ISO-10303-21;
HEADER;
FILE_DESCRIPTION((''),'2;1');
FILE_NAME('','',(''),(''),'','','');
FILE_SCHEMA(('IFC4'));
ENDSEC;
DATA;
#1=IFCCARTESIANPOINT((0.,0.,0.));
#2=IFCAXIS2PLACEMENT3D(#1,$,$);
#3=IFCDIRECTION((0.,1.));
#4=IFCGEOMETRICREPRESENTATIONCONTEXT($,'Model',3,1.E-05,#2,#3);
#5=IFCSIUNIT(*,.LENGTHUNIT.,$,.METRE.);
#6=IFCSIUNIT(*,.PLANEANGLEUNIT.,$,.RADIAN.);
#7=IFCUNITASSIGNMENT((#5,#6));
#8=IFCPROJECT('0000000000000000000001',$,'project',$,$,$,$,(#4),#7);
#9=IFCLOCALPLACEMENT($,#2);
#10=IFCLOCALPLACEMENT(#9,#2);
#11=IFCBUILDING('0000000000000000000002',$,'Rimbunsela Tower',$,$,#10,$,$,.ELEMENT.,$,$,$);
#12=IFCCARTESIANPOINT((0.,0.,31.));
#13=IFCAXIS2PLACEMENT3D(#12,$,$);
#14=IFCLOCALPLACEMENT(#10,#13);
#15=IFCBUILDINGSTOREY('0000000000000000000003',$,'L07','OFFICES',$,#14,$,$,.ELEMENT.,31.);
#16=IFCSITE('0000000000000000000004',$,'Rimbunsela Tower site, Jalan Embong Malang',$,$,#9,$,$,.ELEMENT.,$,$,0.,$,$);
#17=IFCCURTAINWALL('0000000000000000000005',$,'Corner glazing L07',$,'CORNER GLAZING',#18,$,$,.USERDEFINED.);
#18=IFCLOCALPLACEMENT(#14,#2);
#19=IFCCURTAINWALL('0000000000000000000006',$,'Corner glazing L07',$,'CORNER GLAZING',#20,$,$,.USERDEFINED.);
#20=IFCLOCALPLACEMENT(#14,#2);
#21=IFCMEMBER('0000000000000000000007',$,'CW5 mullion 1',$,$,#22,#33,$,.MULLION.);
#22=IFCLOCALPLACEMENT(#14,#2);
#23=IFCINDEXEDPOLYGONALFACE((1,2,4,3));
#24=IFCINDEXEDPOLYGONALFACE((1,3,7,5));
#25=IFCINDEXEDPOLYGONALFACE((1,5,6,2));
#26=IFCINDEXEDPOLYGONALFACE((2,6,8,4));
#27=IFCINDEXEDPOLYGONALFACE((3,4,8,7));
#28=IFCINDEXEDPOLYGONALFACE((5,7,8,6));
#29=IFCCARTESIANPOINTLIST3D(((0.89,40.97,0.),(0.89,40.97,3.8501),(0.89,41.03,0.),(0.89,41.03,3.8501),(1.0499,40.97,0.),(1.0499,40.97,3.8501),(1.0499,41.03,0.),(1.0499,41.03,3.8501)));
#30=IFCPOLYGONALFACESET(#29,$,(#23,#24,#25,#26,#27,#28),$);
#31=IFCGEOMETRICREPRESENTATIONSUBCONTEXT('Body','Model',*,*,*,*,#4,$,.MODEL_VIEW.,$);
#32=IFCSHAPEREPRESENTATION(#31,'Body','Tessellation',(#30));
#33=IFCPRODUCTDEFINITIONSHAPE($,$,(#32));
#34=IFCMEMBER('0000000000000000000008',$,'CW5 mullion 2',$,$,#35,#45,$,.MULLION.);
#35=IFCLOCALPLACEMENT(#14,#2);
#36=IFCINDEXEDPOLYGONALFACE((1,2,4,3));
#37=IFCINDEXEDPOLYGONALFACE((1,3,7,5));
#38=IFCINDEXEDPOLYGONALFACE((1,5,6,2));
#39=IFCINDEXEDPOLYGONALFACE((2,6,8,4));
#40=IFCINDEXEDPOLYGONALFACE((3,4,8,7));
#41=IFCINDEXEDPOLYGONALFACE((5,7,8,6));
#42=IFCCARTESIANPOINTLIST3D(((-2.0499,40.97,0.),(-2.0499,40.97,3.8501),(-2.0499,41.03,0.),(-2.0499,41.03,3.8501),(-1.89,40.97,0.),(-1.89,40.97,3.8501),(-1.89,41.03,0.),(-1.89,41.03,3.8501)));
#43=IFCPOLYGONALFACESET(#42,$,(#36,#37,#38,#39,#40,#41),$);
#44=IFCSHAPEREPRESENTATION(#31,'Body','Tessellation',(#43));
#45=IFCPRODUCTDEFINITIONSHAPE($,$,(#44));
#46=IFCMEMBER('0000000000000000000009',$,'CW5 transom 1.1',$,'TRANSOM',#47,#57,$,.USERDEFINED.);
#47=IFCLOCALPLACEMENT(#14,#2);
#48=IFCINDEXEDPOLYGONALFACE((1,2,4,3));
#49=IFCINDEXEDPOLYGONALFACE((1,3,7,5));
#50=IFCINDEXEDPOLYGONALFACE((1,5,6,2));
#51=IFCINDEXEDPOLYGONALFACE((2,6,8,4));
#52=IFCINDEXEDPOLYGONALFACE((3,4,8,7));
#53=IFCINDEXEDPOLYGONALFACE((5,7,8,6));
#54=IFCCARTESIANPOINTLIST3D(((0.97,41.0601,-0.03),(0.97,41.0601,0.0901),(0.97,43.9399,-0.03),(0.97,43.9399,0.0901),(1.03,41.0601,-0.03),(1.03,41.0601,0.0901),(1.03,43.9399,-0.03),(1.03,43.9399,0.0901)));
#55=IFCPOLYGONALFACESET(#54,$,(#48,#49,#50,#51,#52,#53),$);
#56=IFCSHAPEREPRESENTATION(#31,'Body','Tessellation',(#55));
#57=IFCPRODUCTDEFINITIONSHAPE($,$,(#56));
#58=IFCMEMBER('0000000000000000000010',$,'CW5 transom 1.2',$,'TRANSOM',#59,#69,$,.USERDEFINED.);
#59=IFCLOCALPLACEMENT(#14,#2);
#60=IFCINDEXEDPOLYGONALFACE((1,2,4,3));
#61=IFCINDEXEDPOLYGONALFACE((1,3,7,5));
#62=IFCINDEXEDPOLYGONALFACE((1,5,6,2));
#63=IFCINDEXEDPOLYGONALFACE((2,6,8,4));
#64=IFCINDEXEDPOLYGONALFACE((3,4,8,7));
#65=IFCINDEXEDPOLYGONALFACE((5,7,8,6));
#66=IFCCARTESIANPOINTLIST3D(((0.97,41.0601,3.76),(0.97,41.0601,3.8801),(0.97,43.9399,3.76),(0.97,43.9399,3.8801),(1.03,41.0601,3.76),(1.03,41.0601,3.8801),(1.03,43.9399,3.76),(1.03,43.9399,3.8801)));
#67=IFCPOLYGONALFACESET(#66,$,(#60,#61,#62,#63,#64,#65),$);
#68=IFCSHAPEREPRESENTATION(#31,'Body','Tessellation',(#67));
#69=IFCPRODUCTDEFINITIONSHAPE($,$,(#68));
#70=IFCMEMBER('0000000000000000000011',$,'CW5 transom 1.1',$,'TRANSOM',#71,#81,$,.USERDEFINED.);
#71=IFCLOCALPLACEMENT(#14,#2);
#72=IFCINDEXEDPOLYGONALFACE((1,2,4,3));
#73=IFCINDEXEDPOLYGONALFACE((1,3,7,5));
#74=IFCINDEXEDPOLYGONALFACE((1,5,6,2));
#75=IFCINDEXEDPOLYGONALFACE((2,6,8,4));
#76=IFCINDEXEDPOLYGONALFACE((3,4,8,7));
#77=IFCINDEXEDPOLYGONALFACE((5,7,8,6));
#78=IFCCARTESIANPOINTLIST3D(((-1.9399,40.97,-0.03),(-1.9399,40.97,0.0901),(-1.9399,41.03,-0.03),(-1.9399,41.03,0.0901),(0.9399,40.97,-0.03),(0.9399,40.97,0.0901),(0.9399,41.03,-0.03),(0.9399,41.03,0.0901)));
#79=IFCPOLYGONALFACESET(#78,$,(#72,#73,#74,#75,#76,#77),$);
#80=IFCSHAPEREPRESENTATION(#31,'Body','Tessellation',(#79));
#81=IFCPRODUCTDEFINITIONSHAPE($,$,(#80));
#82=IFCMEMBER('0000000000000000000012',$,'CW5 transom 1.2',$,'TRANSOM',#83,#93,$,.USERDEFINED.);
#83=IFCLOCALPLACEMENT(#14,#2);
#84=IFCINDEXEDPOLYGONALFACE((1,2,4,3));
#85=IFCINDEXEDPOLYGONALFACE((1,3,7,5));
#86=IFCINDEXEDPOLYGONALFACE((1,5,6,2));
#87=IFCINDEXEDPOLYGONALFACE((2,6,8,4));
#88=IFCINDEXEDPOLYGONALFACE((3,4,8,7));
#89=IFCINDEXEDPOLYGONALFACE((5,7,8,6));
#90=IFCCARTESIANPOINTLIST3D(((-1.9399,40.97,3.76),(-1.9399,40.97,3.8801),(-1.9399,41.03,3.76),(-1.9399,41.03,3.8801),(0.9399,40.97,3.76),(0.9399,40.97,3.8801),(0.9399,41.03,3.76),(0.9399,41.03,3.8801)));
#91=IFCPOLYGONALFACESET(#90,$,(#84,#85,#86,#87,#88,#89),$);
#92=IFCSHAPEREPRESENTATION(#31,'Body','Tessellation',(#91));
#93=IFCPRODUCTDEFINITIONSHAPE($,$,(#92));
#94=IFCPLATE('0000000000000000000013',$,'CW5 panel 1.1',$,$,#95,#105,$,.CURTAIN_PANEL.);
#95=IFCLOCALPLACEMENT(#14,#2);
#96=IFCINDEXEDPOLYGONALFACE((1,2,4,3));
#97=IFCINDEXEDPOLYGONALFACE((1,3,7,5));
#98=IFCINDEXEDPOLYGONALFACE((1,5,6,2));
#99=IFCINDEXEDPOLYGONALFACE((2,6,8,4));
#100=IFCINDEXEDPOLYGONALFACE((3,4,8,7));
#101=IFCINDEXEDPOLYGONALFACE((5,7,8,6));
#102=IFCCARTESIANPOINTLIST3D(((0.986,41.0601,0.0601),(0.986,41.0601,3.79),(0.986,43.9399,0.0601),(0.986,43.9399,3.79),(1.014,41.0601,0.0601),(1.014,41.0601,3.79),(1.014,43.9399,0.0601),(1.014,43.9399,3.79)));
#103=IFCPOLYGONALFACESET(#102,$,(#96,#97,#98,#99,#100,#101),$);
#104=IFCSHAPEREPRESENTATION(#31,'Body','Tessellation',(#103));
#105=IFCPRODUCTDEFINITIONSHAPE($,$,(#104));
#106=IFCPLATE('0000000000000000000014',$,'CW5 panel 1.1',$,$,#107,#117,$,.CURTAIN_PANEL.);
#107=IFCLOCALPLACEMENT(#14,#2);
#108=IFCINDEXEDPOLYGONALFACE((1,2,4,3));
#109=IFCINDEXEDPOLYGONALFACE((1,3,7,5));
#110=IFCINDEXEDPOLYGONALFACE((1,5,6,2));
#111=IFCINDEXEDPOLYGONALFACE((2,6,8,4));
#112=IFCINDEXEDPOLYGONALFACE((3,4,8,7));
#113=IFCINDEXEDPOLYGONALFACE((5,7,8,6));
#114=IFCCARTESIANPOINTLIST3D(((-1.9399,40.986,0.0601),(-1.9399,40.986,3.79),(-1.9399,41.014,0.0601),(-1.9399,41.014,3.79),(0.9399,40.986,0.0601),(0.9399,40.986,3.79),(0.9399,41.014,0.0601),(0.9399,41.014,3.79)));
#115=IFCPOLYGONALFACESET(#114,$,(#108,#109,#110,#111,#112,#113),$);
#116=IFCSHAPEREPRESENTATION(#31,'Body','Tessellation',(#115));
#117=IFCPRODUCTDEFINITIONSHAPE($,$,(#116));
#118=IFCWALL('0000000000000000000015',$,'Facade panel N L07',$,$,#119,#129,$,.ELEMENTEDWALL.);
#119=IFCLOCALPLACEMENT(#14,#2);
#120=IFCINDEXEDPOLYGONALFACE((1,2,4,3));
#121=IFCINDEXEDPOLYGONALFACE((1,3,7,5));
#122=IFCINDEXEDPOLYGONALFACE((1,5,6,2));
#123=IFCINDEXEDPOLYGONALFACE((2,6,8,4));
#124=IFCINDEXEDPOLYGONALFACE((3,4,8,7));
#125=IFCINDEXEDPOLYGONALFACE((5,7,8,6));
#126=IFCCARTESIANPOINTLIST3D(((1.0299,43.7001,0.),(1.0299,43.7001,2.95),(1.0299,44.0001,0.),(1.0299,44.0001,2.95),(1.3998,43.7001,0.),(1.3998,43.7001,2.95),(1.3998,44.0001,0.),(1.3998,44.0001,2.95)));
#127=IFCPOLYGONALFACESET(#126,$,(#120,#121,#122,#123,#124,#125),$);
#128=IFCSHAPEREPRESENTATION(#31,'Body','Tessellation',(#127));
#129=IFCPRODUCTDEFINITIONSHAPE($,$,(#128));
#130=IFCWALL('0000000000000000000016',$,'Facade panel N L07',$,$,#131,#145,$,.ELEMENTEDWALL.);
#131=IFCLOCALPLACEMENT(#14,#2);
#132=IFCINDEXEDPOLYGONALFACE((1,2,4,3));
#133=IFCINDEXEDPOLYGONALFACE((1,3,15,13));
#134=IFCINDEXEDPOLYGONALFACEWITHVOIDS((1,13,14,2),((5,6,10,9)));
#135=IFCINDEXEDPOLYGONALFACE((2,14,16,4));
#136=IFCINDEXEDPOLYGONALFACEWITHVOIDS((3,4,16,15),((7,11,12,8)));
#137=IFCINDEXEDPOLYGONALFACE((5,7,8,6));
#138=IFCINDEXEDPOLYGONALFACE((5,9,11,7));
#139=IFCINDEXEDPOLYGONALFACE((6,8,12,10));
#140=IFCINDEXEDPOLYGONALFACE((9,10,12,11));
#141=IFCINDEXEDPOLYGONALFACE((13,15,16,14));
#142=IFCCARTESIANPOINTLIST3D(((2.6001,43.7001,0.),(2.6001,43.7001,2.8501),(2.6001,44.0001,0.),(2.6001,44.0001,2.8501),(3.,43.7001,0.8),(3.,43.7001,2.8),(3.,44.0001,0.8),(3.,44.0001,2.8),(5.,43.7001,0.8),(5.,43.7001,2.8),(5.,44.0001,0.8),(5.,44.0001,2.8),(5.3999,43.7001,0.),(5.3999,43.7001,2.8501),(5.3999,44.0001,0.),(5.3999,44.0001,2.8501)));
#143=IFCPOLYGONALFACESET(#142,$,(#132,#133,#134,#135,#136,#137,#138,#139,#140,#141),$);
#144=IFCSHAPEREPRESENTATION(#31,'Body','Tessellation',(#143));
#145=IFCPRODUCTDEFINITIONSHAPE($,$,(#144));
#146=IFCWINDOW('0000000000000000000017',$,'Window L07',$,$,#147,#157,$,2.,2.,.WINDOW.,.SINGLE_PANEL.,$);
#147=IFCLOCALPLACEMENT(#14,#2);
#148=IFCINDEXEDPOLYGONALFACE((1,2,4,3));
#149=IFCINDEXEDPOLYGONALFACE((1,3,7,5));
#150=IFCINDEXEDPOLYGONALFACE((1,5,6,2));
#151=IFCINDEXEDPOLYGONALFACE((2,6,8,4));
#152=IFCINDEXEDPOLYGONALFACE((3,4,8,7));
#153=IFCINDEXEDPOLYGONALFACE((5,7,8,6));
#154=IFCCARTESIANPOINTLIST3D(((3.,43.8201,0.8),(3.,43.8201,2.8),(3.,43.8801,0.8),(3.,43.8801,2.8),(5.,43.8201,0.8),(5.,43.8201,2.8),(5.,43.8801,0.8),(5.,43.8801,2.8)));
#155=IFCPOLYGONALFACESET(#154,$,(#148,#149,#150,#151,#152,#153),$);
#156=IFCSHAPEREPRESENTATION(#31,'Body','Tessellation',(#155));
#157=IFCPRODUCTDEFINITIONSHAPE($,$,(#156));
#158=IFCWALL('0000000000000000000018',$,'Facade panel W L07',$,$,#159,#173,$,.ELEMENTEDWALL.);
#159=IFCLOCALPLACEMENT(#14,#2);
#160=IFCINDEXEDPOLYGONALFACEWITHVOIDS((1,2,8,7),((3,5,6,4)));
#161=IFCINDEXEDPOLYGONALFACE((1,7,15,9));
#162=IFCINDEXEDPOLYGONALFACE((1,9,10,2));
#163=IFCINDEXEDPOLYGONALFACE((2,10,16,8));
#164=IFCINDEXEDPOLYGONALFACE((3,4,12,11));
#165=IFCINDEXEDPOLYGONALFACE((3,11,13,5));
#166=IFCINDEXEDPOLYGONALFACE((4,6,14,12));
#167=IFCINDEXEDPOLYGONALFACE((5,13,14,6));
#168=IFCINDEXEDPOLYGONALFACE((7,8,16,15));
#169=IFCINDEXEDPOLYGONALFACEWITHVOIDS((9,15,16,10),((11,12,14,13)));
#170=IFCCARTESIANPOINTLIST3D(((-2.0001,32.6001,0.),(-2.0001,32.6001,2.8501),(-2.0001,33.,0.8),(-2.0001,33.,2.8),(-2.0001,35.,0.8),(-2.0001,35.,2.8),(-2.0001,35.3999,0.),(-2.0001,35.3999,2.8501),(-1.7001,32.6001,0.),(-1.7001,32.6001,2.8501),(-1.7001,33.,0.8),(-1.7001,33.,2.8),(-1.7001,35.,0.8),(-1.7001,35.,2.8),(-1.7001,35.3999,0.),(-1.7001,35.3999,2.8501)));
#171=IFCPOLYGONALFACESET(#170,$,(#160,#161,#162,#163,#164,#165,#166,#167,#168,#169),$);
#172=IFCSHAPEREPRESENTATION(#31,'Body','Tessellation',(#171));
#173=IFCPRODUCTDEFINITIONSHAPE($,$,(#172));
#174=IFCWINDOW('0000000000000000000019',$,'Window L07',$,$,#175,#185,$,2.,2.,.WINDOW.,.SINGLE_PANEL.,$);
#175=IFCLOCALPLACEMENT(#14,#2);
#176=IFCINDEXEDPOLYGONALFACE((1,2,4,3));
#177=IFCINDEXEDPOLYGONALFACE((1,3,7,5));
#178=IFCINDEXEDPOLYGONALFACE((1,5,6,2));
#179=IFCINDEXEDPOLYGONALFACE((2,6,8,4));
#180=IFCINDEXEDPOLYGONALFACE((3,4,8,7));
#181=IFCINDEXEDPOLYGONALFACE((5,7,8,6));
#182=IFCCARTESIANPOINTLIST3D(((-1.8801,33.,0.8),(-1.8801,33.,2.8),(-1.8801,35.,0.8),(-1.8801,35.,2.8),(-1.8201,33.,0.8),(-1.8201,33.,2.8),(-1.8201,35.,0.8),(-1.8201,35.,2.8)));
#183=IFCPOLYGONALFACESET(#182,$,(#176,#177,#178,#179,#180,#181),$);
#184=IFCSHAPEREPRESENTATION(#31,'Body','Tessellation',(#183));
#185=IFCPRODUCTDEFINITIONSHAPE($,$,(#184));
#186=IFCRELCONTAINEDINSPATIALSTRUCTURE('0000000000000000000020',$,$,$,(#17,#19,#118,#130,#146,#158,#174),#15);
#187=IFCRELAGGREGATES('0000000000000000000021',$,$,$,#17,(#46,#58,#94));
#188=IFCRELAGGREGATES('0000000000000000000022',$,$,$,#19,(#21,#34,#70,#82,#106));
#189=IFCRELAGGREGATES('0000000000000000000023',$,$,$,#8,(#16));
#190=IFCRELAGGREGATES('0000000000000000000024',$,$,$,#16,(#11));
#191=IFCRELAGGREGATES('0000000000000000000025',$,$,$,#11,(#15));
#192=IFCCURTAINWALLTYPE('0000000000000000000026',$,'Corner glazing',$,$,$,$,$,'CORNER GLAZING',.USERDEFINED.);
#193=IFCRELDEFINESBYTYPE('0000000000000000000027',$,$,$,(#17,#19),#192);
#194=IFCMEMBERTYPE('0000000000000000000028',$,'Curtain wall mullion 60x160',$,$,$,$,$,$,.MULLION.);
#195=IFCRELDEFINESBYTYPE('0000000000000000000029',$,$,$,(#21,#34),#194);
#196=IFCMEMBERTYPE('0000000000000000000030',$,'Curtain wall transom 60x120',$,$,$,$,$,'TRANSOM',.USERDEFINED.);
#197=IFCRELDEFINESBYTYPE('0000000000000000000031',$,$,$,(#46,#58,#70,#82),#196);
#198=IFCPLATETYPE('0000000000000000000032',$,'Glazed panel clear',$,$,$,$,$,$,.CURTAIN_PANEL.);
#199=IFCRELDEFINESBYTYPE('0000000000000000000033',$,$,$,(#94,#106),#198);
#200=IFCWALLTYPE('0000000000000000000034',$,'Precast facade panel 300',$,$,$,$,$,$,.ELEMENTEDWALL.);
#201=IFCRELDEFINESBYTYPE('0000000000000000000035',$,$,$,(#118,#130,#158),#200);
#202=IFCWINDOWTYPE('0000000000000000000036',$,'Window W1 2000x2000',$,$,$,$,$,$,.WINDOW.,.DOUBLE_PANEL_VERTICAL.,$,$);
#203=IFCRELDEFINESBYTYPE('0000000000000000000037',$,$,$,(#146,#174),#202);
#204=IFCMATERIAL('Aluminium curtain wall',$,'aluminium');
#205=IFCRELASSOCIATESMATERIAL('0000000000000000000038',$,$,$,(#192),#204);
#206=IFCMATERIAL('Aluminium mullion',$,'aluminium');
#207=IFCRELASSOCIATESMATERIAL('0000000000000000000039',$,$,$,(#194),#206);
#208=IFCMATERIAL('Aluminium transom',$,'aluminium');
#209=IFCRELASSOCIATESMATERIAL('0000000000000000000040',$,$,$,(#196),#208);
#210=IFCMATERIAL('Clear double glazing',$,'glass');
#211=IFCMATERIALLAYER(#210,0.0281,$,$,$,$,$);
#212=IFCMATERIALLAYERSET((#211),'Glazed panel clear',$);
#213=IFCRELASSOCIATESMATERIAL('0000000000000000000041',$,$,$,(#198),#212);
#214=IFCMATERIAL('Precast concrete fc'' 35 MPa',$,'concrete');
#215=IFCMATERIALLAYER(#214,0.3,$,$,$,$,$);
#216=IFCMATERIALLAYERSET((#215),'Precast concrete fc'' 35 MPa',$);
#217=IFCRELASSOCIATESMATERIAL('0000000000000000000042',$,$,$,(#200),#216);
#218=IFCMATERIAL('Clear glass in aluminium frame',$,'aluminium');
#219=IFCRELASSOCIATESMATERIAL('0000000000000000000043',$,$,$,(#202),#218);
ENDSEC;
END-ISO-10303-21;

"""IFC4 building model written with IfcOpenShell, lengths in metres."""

from ifc_helpers import new_model, si_unit, direction, frame, frame_2d, origin, origin_2d, place, context, subcontext, project, spatial, rectangle, extrude, material, layer, layer_set, material_profile, profile_set, type_object, element, fill, aggregate, save


model = new_model("IFC4")

# Units and contexts
model_context = context("Model", 3, precision=1e-05, world=origin(), true_north=direction((0.0, 1.0)))
body_context = subcontext(model_context, "Body", "Model", "MODEL_VIEW")
ifc_project = project(units=[si_unit("LENGTHUNIT", "METRE"), si_unit("PLANEANGLEUNIT", "RADIAN")], contexts=[model_context])

# Site, building, storey
site_placement = place(None, origin())
site = spatial("IfcSite", under=ifc_project, at=site_placement, Name="Rimbunsela Tower site, Jalan Embong Malang", CompositionType="ELEMENT", RefElevation=0.0)
building_placement = place(site_placement, origin())
building = spatial("IfcBuilding", under=site, at=building_placement, Name="Rimbunsela Tower", CompositionType="ELEMENT")
storey_placement = place(building_placement, frame((0.0, 0.0, 31.0)))
storey = spatial("IfcBuildingStorey", under=building, at=storey_placement, Name="L07", Description="OFFICES", CompositionType="ELEMENT", Elevation=31.0)

# Curtain walls, members
ifc_material_1 = material(Name="Aluminium curtain wall", Category="aluminium")
curtain_wall_type = type_object("IfcCurtainWallType", Name="Corner glazing", ElementType="CORNER GLAZING", PredefinedType="USERDEFINED", material=ifc_material_1)
curtain_wall_1_placement = place(storey_placement, origin())
curtain_wall_1 = element("IfcCurtainWall", 1, at=curtain_wall_1_placement, inside=storey, type_object=curtain_wall_type, Name="Corner glazing L07", ObjectType="CORNER GLAZING", PredefinedType="USERDEFINED")
ifc_material_2 = material(Name="Aluminium mullion", Category="aluminium")
ifc_material_profile_1 = material_profile(ifc_material_2, rectangle(XDim=0.0601, YDim=0.1599, at=origin_2d()), Name="Mullion 60x160")
ifc_profile_set_1 = profile_set([ifc_material_profile_1], Name="Aluminium mullion")
member_type_1 = type_object("IfcMemberType", Name="Curtain wall mullion 60x160", PredefinedType="MULLION", material=ifc_profile_set_1)
curtain_wall_2_placement = place(storey_placement, origin())
curtain_wall_2 = element("IfcCurtainWall", 2, at=curtain_wall_2_placement, inside=storey, type_object=curtain_wall_type, Name="Corner glazing L07", ObjectType="CORNER GLAZING", PredefinedType="USERDEFINED")
member_1_placement = place(storey_placement, frame((0.97, 41.0, 0.0), z_axis=(0.0, 0.0, 1.0), x_axis=(0.0, -1.0, 0.0)))
member_1 = element("IfcMember", 3, at=member_1_placement, type_object=member_type_1, Name="CW5 mullion 1", PredefinedType="MULLION", context=body_context, shape_type="SweptSolid", body=[
    extrude(rectangle(XDim=0.0601, YDim=0.1599, at=origin_2d()), origin(), (0.0, 0.0, 1.0), 3.8501),
])
member_2_placement = place(storey_placement, frame((-1.97, 41.0, 0.0), z_axis=(0.0, 0.0, 1.0), x_axis=(0.0, -1.0, 0.0)))
member_2 = element("IfcMember", 4, at=member_2_placement, type_object=member_type_1, Name="CW5 mullion 2", PredefinedType="MULLION", context=body_context, shape_type="SweptSolid", body=[
    extrude(rectangle(XDim=0.0601, YDim=0.1599, at=origin_2d()), origin(), (0.0, 0.0, 1.0), 3.8501),
])

# Members
ifc_material_3 = material(Name="Aluminium transom", Category="aluminium")
ifc_material_profile_2 = material_profile(ifc_material_3, rectangle(XDim=0.0601, YDim=0.1201, at=origin_2d()), Name="Transom 60x120")
ifc_profile_set_2 = profile_set([ifc_material_profile_2], Name="Aluminium transom")
member_type_2 = type_object("IfcMemberType", Name="Curtain wall transom 60x120", ElementType="TRANSOM", PredefinedType="USERDEFINED", material=ifc_profile_set_2)
member_3_placement = place(storey_placement, frame((1.0, 43.9399, 0.03), z_axis=(0.0, -1.0, 0.0), x_axis=(1.0, 0.0, 0.0)))
member_3 = element("IfcMember", 5, at=member_3_placement, type_object=member_type_2, Name="CW5 transom 1.1", ObjectType="TRANSOM", PredefinedType="USERDEFINED", context=body_context, shape_type="SweptSolid", body=[
    extrude(rectangle(XDim=0.0601, YDim=0.1201, at=origin_2d()), origin(), (0.0, 0.0, 1.0), 2.8799),
])
member_4_placement = place(storey_placement, frame((1.0, 43.9399, 3.8201), z_axis=(0.0, -1.0, 0.0), x_axis=(1.0, 0.0, 0.0)))
member_4 = element("IfcMember", 6, at=member_4_placement, type_object=member_type_2, Name="CW5 transom 1.2", ObjectType="TRANSOM", PredefinedType="USERDEFINED", context=body_context, shape_type="SweptSolid", body=[
    extrude(rectangle(XDim=0.0601, YDim=0.1201, at=origin_2d()), origin(), (0.0, 0.0, 1.0), 2.8799),
])
member_5_placement = place(storey_placement, frame((0.9399, 41.0, 0.03), z_axis=(-1.0, 0.0, 0.0), x_axis=(0.0, -1.0, 0.0)))
member_5 = element("IfcMember", 7, at=member_5_placement, type_object=member_type_2, Name="CW5 transom 1.1", ObjectType="TRANSOM", PredefinedType="USERDEFINED", context=body_context, shape_type="SweptSolid", body=[
    extrude(rectangle(XDim=0.0601, YDim=0.1201, at=origin_2d()), origin(), (0.0, 0.0, 1.0), 2.8799),
])
member_6_placement = place(storey_placement, frame((0.9399, 41.0, 3.8201), z_axis=(-1.0, 0.0, 0.0), x_axis=(0.0, -1.0, 0.0)))
member_6 = element("IfcMember", 8, at=member_6_placement, type_object=member_type_2, Name="CW5 transom 1.2", ObjectType="TRANSOM", PredefinedType="USERDEFINED", context=body_context, shape_type="SweptSolid", body=[
    extrude(rectangle(XDim=0.0601, YDim=0.1201, at=origin_2d()), origin(), (0.0, 0.0, 1.0), 2.8799),
])

# Plates
ifc_material_4 = material(Name="Clear double glazing", Category="glass")
ifc_layer_1 = layer(ifc_material_4, 0.0281)
ifc_layer_set_1 = layer_set([ifc_layer_1], Name="Glazed panel clear")
plate_type = type_object("IfcPlateType", Name="Glazed panel clear", PredefinedType="CURTAIN_PANEL", material=ifc_layer_set_1)
plate_1_placement = place(storey_placement, frame((1.0, 42.5, 0.0601), z_axis=(0.0, 0.0, 1.0), x_axis=(0.0, -1.0, 0.0)))
plate_1 = element("IfcPlate", 9, at=plate_1_placement, type_object=plate_type, Name="CW5 panel 1.1", PredefinedType="CURTAIN_PANEL", context=body_context, shape_type="SweptSolid", body=[
    extrude(rectangle(XDim=2.8799, YDim=0.0281, at=origin_2d()), origin(), (0.0, 0.0, 1.0), 3.73),
])
aggregate(curtain_wall_1, [member_3, member_4, plate_1])
plate_2_placement = place(storey_placement, frame((-0.5, 41.0, 0.0601), z_axis=(0.0, 0.0, 1.0), x_axis=(-1.0, 0.0, 0.0)))
plate_2 = element("IfcPlate", 10, at=plate_2_placement, type_object=plate_type, Name="CW5 panel 1.1", PredefinedType="CURTAIN_PANEL", context=body_context, shape_type="SweptSolid", body=[
    extrude(rectangle(XDim=2.8799, YDim=0.0281, at=origin_2d()), origin(), (0.0, 0.0, 1.0), 3.73),
])
aggregate(curtain_wall_2, [member_1, member_2, member_5, member_6, plate_2])

# Wall
ifc_material_5 = material(Name="Precast concrete fc' 35 MPa", Category="concrete")
ifc_layer_2 = layer(ifc_material_5, 0.3)
ifc_layer_set_2 = layer_set([ifc_layer_2], Name="Precast concrete fc' 35 MPa")
wall_type = type_object("IfcWallType", Name="Precast facade panel 300", PredefinedType="ELEMENTEDWALL", material=ifc_layer_set_2)
wall_1_placement = place(storey_placement, frame((1.3999, 43.8501, 0.0), z_axis=(0.0, 0.0, 1.0), x_axis=(-1.0, 0.0, 0.0)))
element("IfcWall", 11, at=wall_1_placement, inside=storey, type_object=wall_type, Name="Facade panel N L07", PredefinedType="ELEMENTEDWALL", context=body_context, shape_type="SweptSolid", body=[
    extrude(rectangle(XDim=0.3699, YDim=0.3, at=frame_2d((0.1851, 0.0))), origin(), (0.0, 0.0, 1.0), 2.95),
])

# Walls, openings, windows
wall_2_placement = place(storey_placement, frame((5.3999, 43.8501, 0.0), z_axis=(0.0, 0.0, 1.0), x_axis=(-1.0, 0.0, 0.0)))
wall_2 = element("IfcWall", 12, at=wall_2_placement, inside=storey, type_object=wall_type, Name="Facade panel N L07", PredefinedType="ELEMENTEDWALL", context=body_context, shape_type="SweptSolid", body=[
    extrude(rectangle(XDim=2.7998, YDim=0.3, at=frame_2d((1.3999, 0.0))), origin(), (0.0, 0.0, 1.0), 2.8501),
])
opening_1_placement = place(wall_2_placement, frame((0.3999, 0.0, 0.8)))
opening_1 = element("IfcOpeningElement", 13, at=opening_1_placement, cuts=wall_2, PredefinedType="OPENING", context=body_context, shape_type="SweptSolid", body=[
    extrude(rectangle(XDim=2.0, YDim=2.0, at=frame_2d((1.0, 1.0))), frame((0.0, 0.1599, 0.0), z_axis=(0.0, -1.0, 0.0), x_axis=(1.0, 0.0, 0.0)), (0.0, 0.0, 1.0), 0.3201),
])
ifc_material_6 = material(Name="Clear glass in aluminium frame", Category="aluminium")
window_type = type_object("IfcWindowType", Name="Window W1 2000x2000", PartitioningType="DOUBLE_PANEL_VERTICAL", PredefinedType="WINDOW", material=ifc_material_6)
window_1_placement = place(opening_1_placement, origin())
window_1 = element("IfcWindow", 14, at=window_1_placement, inside=storey, type_object=window_type, Name="Window L07", OverallHeight=2.0, OverallWidth=2.0, PartitioningType="SINGLE_PANEL", PredefinedType="WINDOW", context=body_context, shape_type="SweptSolid", body=[
    extrude(rectangle(XDim=2.0, YDim=2.0, at=frame_2d((1.0, 1.0))), frame((0.0, 0.03, 0.0), z_axis=(0.0, -1.0, 0.0), x_axis=(1.0, 0.0, 0.0)), (0.0, 0.0, 1.0), 0.0601),
])
fill(opening_1, window_1)
wall_3_placement = place(storey_placement, frame((-1.8501, 35.3999, 0.0), z_axis=(0.0, 0.0, 1.0), x_axis=(0.0, -1.0, 0.0)))
wall_3 = element("IfcWall", 15, at=wall_3_placement, inside=storey, type_object=wall_type, Name="Facade panel W L07", PredefinedType="ELEMENTEDWALL", context=body_context, shape_type="SweptSolid", body=[
    extrude(rectangle(XDim=2.7998, YDim=0.3, at=frame_2d((1.3999, 0.0))), origin(), (0.0, 0.0, 1.0), 2.8501),
])
opening_2_placement = place(wall_3_placement, frame((0.3999, 0.0, 0.8)))
opening_2 = element("IfcOpeningElement", 16, at=opening_2_placement, cuts=wall_3, PredefinedType="OPENING", context=body_context, shape_type="SweptSolid", body=[
    extrude(rectangle(XDim=2.0, YDim=2.0, at=frame_2d((1.0, 1.0))), frame((0.0, 0.1599, 0.0), z_axis=(0.0, -1.0, 0.0), x_axis=(1.0, 0.0, 0.0)), (0.0, 0.0, 1.0), 0.3201),
])
window_2_placement = place(opening_2_placement, origin())
window_2 = element("IfcWindow", 17, at=window_2_placement, inside=storey, type_object=window_type, Name="Window L07", OverallHeight=2.0, OverallWidth=2.0, PartitioningType="SINGLE_PANEL", PredefinedType="WINDOW", context=body_context, shape_type="SweptSolid", body=[
    extrude(rectangle(XDim=2.0, YDim=2.0, at=frame_2d((1.0, 1.0))), frame((0.0, 0.03, 0.0), z_axis=(0.0, -1.0, 0.0), x_axis=(1.0, 0.0, 0.0)), (0.0, 0.0, 1.0), 0.0601),
])
fill(opening_2, window_2)

save(model, "model.ifc")
